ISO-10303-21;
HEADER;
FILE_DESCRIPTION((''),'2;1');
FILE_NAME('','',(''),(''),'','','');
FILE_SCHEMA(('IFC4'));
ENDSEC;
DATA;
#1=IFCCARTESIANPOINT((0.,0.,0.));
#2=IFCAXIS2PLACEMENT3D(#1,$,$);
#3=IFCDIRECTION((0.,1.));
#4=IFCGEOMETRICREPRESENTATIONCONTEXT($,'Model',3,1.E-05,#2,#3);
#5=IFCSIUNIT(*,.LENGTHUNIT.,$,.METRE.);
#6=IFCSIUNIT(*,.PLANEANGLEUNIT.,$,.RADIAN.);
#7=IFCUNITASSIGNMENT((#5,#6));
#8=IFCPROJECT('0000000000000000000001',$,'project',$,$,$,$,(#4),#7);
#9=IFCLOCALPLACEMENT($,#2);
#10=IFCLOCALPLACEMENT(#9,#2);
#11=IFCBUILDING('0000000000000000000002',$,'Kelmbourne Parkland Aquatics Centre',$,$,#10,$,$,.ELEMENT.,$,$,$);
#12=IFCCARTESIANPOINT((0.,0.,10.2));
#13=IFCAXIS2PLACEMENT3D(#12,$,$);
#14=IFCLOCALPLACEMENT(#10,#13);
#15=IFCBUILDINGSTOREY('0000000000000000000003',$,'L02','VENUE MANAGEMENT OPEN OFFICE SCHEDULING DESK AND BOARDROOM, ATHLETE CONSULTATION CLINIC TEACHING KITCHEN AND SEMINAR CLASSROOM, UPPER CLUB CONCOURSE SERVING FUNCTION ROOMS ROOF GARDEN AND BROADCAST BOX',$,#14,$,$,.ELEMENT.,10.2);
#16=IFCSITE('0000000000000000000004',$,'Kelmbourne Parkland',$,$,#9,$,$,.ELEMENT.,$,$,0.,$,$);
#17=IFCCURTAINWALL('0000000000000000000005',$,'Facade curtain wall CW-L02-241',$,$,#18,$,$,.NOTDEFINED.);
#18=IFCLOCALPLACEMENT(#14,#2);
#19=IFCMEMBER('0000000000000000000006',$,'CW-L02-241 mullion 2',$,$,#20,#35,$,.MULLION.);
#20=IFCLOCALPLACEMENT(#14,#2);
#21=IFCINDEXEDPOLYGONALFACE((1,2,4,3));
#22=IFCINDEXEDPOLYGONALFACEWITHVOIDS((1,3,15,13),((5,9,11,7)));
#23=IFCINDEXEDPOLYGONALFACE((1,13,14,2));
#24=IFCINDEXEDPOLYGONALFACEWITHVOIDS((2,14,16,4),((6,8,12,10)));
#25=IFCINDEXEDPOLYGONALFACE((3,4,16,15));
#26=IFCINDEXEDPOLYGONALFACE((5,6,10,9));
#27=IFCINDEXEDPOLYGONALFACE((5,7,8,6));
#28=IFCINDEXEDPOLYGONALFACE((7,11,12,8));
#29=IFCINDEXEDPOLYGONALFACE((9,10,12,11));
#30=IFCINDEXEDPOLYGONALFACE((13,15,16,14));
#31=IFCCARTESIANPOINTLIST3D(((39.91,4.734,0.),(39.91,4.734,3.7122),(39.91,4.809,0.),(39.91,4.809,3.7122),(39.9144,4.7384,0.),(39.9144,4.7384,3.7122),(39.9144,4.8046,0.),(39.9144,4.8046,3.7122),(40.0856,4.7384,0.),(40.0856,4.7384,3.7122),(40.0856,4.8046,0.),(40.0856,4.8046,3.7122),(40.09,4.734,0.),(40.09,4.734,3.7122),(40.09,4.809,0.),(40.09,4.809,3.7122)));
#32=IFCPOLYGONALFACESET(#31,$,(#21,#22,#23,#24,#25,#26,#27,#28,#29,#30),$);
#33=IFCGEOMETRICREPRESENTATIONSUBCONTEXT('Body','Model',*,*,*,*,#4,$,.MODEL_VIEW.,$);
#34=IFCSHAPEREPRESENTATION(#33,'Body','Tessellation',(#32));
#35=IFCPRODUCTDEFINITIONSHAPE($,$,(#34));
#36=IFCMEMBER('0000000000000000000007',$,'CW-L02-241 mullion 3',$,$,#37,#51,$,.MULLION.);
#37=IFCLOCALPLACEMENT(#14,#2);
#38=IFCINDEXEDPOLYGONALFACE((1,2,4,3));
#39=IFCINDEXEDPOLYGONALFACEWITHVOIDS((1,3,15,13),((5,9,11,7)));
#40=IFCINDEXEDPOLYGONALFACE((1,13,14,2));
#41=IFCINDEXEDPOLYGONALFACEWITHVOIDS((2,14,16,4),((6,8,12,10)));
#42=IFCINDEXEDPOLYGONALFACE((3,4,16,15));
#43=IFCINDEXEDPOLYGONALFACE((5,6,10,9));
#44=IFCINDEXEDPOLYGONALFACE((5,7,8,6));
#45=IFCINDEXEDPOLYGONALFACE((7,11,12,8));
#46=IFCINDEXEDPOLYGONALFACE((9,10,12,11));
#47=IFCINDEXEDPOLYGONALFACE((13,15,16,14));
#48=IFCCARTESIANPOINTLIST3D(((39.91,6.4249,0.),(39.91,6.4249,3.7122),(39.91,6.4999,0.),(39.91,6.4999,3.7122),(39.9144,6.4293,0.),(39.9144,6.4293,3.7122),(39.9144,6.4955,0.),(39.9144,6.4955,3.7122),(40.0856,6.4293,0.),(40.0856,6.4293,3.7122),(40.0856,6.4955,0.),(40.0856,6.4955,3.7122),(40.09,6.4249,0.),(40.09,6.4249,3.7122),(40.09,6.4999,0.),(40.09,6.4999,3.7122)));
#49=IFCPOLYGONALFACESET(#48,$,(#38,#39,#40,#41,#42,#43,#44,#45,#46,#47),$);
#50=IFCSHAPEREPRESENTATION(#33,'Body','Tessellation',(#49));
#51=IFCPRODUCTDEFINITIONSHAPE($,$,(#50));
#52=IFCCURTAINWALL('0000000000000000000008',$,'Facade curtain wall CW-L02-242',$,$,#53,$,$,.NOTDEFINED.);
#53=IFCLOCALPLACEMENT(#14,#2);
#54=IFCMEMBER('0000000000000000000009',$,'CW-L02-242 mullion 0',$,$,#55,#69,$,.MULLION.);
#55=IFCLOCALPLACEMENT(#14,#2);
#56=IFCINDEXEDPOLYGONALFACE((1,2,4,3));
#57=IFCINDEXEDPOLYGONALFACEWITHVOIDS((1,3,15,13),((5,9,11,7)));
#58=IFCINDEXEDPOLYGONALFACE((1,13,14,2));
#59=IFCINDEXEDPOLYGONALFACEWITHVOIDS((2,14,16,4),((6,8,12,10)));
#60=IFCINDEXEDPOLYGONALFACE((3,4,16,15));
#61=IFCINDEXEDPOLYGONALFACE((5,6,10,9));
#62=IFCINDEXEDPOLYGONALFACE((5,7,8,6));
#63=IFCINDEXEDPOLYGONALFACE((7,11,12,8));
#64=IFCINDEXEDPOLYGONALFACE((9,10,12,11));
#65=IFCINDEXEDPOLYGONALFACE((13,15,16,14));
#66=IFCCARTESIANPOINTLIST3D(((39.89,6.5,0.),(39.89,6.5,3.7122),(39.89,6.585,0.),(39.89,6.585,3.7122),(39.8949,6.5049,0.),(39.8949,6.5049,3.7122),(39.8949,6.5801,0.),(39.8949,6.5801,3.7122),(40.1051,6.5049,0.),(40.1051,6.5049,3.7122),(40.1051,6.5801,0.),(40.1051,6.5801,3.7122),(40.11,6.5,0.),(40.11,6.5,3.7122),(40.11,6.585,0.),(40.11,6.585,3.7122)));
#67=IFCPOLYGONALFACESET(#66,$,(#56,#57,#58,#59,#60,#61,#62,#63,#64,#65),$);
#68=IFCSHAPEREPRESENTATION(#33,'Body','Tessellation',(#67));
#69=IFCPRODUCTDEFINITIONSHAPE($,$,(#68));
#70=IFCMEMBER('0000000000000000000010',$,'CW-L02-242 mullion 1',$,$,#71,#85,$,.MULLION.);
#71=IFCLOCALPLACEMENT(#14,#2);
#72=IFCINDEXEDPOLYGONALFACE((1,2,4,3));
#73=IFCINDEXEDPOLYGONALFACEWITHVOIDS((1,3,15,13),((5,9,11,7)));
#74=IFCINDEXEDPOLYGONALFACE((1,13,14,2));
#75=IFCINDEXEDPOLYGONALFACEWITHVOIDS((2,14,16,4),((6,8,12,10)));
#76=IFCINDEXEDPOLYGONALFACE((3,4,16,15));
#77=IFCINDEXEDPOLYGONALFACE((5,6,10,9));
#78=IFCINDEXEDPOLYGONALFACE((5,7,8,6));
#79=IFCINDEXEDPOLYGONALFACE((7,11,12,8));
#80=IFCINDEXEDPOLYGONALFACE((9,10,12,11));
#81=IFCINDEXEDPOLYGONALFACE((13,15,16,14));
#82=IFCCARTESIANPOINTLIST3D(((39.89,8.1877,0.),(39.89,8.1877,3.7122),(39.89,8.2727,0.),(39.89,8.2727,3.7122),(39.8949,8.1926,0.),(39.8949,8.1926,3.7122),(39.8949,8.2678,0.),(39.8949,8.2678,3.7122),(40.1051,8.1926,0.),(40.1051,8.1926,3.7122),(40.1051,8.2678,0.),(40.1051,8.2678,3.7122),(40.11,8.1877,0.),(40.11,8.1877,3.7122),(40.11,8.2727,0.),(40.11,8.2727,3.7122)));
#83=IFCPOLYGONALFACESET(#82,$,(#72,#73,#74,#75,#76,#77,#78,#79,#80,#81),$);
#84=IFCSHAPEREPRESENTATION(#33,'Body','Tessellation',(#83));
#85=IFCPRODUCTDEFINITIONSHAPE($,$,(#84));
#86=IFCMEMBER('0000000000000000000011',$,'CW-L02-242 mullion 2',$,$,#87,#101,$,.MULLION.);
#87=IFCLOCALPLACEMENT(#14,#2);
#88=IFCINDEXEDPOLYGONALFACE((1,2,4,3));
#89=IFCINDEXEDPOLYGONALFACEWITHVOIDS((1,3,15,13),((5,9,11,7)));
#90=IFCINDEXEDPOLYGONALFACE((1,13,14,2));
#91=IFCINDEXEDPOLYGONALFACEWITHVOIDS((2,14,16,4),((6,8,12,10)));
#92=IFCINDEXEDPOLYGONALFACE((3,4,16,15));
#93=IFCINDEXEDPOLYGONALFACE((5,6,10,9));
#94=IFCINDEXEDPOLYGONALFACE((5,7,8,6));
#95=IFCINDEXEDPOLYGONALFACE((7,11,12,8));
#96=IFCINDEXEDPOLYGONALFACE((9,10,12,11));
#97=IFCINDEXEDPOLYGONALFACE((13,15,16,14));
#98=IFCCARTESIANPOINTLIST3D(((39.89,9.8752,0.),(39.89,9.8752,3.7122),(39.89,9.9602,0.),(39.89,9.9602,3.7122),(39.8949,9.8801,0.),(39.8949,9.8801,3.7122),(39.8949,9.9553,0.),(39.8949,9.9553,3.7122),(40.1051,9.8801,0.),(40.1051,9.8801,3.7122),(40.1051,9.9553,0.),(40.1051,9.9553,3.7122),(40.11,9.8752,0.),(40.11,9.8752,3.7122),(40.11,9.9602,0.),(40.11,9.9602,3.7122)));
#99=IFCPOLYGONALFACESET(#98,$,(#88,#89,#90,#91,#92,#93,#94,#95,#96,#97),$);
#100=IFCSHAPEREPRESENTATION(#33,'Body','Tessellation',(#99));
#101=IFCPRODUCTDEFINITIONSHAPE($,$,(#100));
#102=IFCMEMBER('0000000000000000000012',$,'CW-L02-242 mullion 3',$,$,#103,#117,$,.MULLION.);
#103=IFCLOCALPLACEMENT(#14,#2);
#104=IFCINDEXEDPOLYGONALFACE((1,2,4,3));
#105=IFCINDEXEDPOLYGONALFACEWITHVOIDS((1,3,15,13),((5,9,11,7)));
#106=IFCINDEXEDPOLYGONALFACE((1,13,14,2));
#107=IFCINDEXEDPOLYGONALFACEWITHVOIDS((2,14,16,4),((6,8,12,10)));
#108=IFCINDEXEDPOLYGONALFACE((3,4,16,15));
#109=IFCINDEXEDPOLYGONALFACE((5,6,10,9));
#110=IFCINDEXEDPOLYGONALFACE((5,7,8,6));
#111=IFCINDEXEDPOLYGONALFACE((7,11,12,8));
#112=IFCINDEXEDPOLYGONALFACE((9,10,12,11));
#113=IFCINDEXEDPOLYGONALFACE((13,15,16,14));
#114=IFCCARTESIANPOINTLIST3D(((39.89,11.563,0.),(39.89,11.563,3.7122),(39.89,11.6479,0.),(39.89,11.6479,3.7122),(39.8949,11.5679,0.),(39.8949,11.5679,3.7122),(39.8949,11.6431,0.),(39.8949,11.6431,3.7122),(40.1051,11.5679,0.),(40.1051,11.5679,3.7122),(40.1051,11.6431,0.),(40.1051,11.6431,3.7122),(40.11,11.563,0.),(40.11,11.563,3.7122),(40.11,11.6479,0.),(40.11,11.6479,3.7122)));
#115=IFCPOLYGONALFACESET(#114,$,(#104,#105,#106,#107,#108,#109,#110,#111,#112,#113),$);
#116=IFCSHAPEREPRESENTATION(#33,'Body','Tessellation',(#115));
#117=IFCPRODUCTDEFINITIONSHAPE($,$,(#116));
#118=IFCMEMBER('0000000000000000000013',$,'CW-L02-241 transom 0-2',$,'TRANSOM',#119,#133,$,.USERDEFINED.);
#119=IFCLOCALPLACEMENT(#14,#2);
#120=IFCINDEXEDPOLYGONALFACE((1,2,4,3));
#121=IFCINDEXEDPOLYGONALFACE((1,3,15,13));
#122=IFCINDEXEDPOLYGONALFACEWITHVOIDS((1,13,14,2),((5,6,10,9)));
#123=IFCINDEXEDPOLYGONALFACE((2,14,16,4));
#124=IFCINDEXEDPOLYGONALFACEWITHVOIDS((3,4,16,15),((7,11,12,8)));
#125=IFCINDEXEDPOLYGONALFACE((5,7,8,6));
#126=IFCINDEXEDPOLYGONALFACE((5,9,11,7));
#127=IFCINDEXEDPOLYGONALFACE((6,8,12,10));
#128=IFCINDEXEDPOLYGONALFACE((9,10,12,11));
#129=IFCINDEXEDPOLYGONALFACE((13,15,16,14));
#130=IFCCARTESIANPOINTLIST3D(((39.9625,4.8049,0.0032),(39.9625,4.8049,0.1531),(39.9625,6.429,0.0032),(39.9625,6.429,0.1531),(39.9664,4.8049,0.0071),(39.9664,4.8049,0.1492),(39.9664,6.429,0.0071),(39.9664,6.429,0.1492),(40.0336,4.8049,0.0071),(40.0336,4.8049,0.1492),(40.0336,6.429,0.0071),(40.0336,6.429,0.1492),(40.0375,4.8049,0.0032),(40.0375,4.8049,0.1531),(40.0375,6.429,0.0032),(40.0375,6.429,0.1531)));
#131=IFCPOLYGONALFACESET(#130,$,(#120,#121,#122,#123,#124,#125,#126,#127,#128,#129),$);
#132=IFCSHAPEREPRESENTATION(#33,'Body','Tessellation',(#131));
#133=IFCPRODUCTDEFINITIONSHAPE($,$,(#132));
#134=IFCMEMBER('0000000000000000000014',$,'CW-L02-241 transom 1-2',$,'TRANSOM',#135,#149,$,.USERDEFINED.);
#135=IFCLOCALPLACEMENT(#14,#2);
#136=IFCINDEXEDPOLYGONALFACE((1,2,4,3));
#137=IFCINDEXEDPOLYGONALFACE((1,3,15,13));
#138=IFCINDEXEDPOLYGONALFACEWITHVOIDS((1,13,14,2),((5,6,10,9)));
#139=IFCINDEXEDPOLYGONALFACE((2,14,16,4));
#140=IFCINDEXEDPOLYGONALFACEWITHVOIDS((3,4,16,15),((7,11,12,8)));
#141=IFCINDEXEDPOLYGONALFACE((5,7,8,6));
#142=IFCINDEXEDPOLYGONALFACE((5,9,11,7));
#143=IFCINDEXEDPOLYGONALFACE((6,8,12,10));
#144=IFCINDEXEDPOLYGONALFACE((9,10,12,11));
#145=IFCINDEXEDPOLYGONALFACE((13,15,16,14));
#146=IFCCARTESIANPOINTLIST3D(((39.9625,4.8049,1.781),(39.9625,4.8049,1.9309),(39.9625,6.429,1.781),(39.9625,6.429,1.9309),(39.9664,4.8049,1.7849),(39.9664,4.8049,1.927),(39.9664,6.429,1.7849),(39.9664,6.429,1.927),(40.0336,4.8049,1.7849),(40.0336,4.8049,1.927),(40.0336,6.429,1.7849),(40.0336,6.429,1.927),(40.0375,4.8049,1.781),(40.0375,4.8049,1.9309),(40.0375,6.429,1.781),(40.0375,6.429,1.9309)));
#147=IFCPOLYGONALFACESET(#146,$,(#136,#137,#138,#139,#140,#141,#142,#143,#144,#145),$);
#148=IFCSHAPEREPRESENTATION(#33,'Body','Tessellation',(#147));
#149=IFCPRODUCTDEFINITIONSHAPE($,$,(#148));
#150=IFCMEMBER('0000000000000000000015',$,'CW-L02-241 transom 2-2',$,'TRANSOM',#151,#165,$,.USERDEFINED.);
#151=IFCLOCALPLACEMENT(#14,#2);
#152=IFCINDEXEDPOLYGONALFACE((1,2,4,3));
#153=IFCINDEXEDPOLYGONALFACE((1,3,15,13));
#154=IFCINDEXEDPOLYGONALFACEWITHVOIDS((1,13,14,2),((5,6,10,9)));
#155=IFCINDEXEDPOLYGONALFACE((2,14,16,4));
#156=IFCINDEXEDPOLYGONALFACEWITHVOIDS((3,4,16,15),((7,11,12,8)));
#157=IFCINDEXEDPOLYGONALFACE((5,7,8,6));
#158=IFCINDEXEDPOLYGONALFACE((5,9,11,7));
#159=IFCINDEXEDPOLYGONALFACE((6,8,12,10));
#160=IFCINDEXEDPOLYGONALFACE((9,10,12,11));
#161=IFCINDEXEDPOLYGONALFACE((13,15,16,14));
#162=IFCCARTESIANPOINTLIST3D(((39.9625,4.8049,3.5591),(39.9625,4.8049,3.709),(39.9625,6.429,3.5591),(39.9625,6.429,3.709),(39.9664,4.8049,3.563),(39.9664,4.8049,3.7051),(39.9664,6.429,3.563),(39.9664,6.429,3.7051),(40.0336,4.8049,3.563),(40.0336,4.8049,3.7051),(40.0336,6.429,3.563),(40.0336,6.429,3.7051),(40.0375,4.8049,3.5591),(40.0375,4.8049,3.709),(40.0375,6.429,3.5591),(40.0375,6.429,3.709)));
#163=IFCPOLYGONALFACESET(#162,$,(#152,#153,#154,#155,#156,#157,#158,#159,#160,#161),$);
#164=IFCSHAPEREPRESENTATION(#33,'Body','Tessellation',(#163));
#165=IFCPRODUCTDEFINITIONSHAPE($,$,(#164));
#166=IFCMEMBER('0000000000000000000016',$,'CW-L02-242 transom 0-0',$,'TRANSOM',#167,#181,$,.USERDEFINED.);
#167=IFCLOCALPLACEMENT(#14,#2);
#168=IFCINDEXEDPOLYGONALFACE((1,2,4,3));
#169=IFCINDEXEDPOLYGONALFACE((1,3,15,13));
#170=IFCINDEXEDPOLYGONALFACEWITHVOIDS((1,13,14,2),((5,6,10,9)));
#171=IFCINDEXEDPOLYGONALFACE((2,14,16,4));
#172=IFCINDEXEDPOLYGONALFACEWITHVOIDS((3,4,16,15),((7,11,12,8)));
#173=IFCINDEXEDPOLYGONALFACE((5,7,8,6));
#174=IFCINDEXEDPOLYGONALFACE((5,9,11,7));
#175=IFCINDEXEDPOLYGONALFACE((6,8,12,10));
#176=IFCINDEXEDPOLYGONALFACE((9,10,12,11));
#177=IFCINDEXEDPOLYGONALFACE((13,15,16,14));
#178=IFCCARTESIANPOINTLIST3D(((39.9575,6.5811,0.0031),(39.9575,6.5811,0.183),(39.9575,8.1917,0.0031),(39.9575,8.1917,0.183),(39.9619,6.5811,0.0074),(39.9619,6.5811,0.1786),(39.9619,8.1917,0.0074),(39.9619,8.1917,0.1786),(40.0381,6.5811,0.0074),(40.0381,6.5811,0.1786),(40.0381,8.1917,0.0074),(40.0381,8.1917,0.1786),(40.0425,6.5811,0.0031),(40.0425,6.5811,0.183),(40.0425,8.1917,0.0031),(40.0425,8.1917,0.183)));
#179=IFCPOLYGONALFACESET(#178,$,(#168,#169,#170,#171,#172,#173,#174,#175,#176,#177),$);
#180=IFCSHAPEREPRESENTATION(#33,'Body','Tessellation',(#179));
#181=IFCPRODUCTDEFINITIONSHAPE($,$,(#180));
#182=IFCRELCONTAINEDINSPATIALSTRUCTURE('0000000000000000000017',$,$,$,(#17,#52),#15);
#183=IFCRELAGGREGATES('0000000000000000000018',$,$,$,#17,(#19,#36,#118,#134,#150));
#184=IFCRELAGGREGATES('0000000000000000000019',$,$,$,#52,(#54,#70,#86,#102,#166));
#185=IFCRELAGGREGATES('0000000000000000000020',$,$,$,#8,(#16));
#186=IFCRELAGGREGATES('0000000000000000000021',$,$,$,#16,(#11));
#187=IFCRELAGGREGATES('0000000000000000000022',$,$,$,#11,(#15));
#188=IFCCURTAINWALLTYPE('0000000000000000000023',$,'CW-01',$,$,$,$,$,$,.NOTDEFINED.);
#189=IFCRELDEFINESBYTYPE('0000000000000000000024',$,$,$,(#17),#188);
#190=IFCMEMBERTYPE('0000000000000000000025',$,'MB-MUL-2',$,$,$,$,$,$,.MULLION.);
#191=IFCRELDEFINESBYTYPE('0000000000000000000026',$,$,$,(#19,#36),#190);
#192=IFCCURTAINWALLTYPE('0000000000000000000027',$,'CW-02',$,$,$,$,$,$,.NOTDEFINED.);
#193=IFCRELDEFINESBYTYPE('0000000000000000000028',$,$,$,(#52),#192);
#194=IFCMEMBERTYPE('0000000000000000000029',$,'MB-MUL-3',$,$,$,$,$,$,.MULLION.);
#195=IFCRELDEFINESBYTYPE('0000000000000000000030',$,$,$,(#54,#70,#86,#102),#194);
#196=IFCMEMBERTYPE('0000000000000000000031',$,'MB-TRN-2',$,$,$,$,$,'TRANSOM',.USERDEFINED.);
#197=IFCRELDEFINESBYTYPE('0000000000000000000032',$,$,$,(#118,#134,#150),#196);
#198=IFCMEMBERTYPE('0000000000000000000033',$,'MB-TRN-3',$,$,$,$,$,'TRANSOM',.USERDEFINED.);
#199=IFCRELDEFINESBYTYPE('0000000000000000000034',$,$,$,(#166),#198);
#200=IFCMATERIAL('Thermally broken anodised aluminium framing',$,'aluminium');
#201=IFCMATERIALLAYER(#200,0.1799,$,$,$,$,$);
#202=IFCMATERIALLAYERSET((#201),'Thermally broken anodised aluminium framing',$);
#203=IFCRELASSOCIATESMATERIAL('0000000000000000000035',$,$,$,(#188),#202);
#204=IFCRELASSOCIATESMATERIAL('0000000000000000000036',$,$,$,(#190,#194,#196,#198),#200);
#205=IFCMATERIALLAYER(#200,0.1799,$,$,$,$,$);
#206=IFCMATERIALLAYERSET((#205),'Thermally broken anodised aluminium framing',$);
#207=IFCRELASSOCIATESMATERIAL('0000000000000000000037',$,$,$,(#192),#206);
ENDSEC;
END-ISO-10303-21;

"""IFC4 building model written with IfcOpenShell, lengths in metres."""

from ifc_helpers import new_model, si_unit, direction, frame, origin, origin_2d, place, context, subcontext, project, spatial, hollow_rectangle, extrude, material, layer, layer_set, material_profile, profile_set, type_object, element, aggregate, save


model = new_model("IFC4")

# Units and contexts
model_context = context("Model", 3, precision=1e-05, world=origin(), true_north=direction((0.0, 1.0)))
body_context = subcontext(model_context, "Body", "Model", "MODEL_VIEW")
ifc_project = project(units=[si_unit("LENGTHUNIT", "METRE"), si_unit("PLANEANGLEUNIT", "RADIAN")], contexts=[model_context])

# Site, building, storey
site_placement = place(None, origin())
site = spatial("IfcSite", under=ifc_project, at=site_placement, Name="Kelmbourne Parkland", CompositionType="ELEMENT", RefElevation=0.0)
building_placement = place(site_placement, origin())
building = spatial("IfcBuilding", under=site, at=building_placement, Name="Kelmbourne Parkland Aquatics Centre", CompositionType="ELEMENT")
storey_placement = place(building_placement, frame((0.0, 0.0, 10.2)))
storey = spatial("IfcBuildingStorey", under=building, at=storey_placement, Name="L02", Description="VENUE MANAGEMENT OPEN OFFICE SCHEDULING DESK AND BOARDROOM, ATHLETE CONSULTATION CLINIC TEACHING KITCHEN AND SEMINAR CLASSROOM, UPPER CLUB CONCOURSE SERVING FUNCTION ROOMS ROOF GARDEN AND BROADCAST BOX", CompositionType="ELEMENT", Elevation=10.2)

# Curtain walls, members
ifc_material_1 = material(Name="Thermally broken anodised aluminium framing", Category="aluminium")
ifc_layer_1 = layer(ifc_material_1, 0.1799)
ifc_layer_set_1 = layer_set([ifc_layer_1], Name="Thermally broken anodised aluminium framing")
curtain_wall_type_1 = type_object("IfcCurtainWallType", Name="CW-01", PredefinedType="NOTDEFINED", material=ifc_layer_set_1)
curtain_wall_1_placement = place(storey_placement, origin())
curtain_wall_1 = element("IfcCurtainWall", 1, at=curtain_wall_1_placement, inside=storey, type_object=curtain_wall_type_1, Name="Facade curtain wall CW-L02-241", PredefinedType="NOTDEFINED")
ifc_material_profile_1 = material_profile(ifc_material_1, hollow_rectangle(XDim=0.075, YDim=0.1799, WallThickness=0.0044, at=origin_2d()), Name="CW-M 75x180")
ifc_profile_set_1 = profile_set([ifc_material_profile_1], Name="Thermally broken anodised aluminium framing")
member_type_1 = type_object("IfcMemberType", Name="MB-MUL-2", PredefinedType="MULLION", material=ifc_profile_set_1)
member_1_placement = place(storey_placement, frame((40.0, 4.7715, 0.0), z_axis=(0.0, 0.0, 1.0), x_axis=(0.0, 1.0, 0.0)))
member_1 = element("IfcMember", 2, at=member_1_placement, type_object=member_type_1, Name="CW-L02-241 mullion 2", PredefinedType="MULLION", context=body_context, shape_type="SweptSolid", body=[
    extrude(hollow_rectangle(XDim=0.075, YDim=0.1799, WallThickness=0.0044, at=origin_2d()), origin(), (0.0, 0.0, 1.0), 3.7122),
])
member_2_placement = place(storey_placement, frame((40.0, 6.4624, 0.0), z_axis=(0.0, 0.0, 1.0), x_axis=(0.0, 1.0, 0.0)))
member_2 = element("IfcMember", 3, at=member_2_placement, type_object=member_type_1, Name="CW-L02-241 mullion 3", PredefinedType="MULLION", context=body_context, shape_type="SweptSolid", body=[
    extrude(hollow_rectangle(XDim=0.075, YDim=0.1799, WallThickness=0.0044, at=origin_2d()), origin(), (0.0, 0.0, 1.0), 3.7122),
])
ifc_layer_2 = layer(ifc_material_1, 0.1799)
ifc_layer_set_2 = layer_set([ifc_layer_2], Name="Thermally broken anodised aluminium framing")
curtain_wall_type_2 = type_object("IfcCurtainWallType", Name="CW-02", PredefinedType="NOTDEFINED", material=ifc_layer_set_2)
curtain_wall_2_placement = place(storey_placement, origin())
curtain_wall_2 = element("IfcCurtainWall", 4, at=curtain_wall_2_placement, inside=storey, type_object=curtain_wall_type_2, Name="Facade curtain wall CW-L02-242", PredefinedType="NOTDEFINED")
ifc_material_profile_2 = material_profile(ifc_material_1, hollow_rectangle(XDim=0.085, YDim=0.22, WallThickness=0.0049, at=origin_2d()), Name="CW-M 85x220")
ifc_profile_set_2 = profile_set([ifc_material_profile_2], Name="Thermally broken anodised aluminium framing")
member_type_2 = type_object("IfcMemberType", Name="MB-MUL-3", PredefinedType="MULLION", material=ifc_profile_set_2)
member_3_placement = place(storey_placement, frame((40.0, 6.5425, 0.0), z_axis=(0.0, 0.0, 1.0), x_axis=(0.0, 1.0, 0.0)))
member_3 = element("IfcMember", 5, at=member_3_placement, type_object=member_type_2, Name="CW-L02-242 mullion 0", PredefinedType="MULLION", context=body_context, shape_type="SweptSolid", body=[
    extrude(hollow_rectangle(XDim=0.085, YDim=0.22, WallThickness=0.0049, at=origin_2d()), origin(), (0.0, 0.0, 1.0), 3.7122),
])
member_4_placement = place(storey_placement, frame((40.0, 8.2302, 0.0), z_axis=(0.0, 0.0, 1.0), x_axis=(0.0, 1.0, 0.0)))
member_4 = element("IfcMember", 6, at=member_4_placement, type_object=member_type_2, Name="CW-L02-242 mullion 1", PredefinedType="MULLION", context=body_context, shape_type="SweptSolid", body=[
    extrude(hollow_rectangle(XDim=0.085, YDim=0.22, WallThickness=0.0049, at=origin_2d()), origin(), (0.0, 0.0, 1.0), 3.7122),
])
member_5_placement = place(storey_placement, frame((40.0, 9.9177, 0.0), z_axis=(0.0, 0.0, 1.0), x_axis=(0.0, 1.0, 0.0)))
member_5 = element("IfcMember", 7, at=member_5_placement, type_object=member_type_2, Name="CW-L02-242 mullion 2", PredefinedType="MULLION", context=body_context, shape_type="SweptSolid", body=[
    extrude(hollow_rectangle(XDim=0.085, YDim=0.22, WallThickness=0.0049, at=origin_2d()), origin(), (0.0, 0.0, 1.0), 3.7122),
])
member_6_placement = place(storey_placement, frame((40.0, 11.6055, 0.0), z_axis=(0.0, 0.0, 1.0), x_axis=(0.0, 1.0, 0.0)))
member_6 = element("IfcMember", 8, at=member_6_placement, type_object=member_type_2, Name="CW-L02-242 mullion 3", PredefinedType="MULLION", context=body_context, shape_type="SweptSolid", body=[
    extrude(hollow_rectangle(XDim=0.085, YDim=0.22, WallThickness=0.0049, at=origin_2d()), origin(), (0.0, 0.0, 1.0), 3.7122),
])

# Members
ifc_material_profile_3 = material_profile(ifc_material_1, hollow_rectangle(XDim=0.075, YDim=0.1499, WallThickness=0.0039, at=origin_2d()), Name="CW-T 75x150")
ifc_profile_set_3 = profile_set([ifc_material_profile_3], Name="Thermally broken anodised aluminium framing")
member_type_3 = type_object("IfcMemberType", Name="MB-TRN-2", ElementType="TRANSOM", PredefinedType="USERDEFINED", material=ifc_profile_set_3)
member_7_placement = place(storey_placement, frame((40.0, 4.8049, 0.0781), z_axis=(0.0, 1.0, 0.0), x_axis=(-1.0, 0.0, 0.0)))
member_7 = element("IfcMember", 9, at=member_7_placement, type_object=member_type_3, Name="CW-L02-241 transom 0-2", ObjectType="TRANSOM", PredefinedType="USERDEFINED", context=body_context, shape_type="SweptSolid", body=[
    extrude(hollow_rectangle(XDim=0.075, YDim=0.1499, WallThickness=0.0039, at=origin_2d()), origin(), (0.0, 0.0, 1.0), 1.624),
])
member_8_placement = place(storey_placement, frame((40.0, 4.8049, 1.856), z_axis=(0.0, 1.0, 0.0), x_axis=(-1.0, 0.0, 0.0)))
member_8 = element("IfcMember", 10, at=member_8_placement, type_object=member_type_3, Name="CW-L02-241 transom 1-2", ObjectType="TRANSOM", PredefinedType="USERDEFINED", context=body_context, shape_type="SweptSolid", body=[
    extrude(hollow_rectangle(XDim=0.075, YDim=0.1499, WallThickness=0.0039, at=origin_2d()), origin(), (0.0, 0.0, 1.0), 1.624),
])
member_9_placement = place(storey_placement, frame((40.0, 4.8049, 3.634), z_axis=(0.0, 1.0, 0.0), x_axis=(-1.0, 0.0, 0.0)))
member_9 = element("IfcMember", 11, at=member_9_placement, type_object=member_type_3, Name="CW-L02-241 transom 2-2", ObjectType="TRANSOM", PredefinedType="USERDEFINED", context=body_context, shape_type="SweptSolid", body=[
    extrude(hollow_rectangle(XDim=0.075, YDim=0.1499, WallThickness=0.0039, at=origin_2d()), origin(), (0.0, 0.0, 1.0), 1.624),
])
ifc_material_profile_4 = material_profile(ifc_material_1, hollow_rectangle(XDim=0.085, YDim=0.1799, WallThickness=0.0044, at=origin_2d()), Name="CW-T 85x180")
ifc_profile_set_4 = profile_set([ifc_material_profile_4], Name="Thermally broken anodised aluminium framing")
member_type_4 = type_object("IfcMemberType", Name="MB-TRN-3", ElementType="TRANSOM", PredefinedType="USERDEFINED", material=ifc_profile_set_4)
member_10_placement = place(storey_placement, frame((40.0, 6.5811, 0.093), z_axis=(0.0, 1.0, 0.0), x_axis=(-1.0, 0.0, 0.0)))
member_10 = element("IfcMember", 12, at=member_10_placement, type_object=member_type_4, Name="CW-L02-242 transom 0-0", ObjectType="TRANSOM", PredefinedType="USERDEFINED", context=body_context, shape_type="SweptSolid", body=[
    extrude(hollow_rectangle(XDim=0.085, YDim=0.1799, WallThickness=0.0044, at=origin_2d()), origin(), (0.0, 0.0, 1.0), 1.6106),
])

aggregate(curtain_wall_1, [member_1, member_2, member_7, member_8, member_9])
aggregate(curtain_wall_2, [member_3, member_4, member_5, member_6, member_10])

save(model, "model.ifc")
